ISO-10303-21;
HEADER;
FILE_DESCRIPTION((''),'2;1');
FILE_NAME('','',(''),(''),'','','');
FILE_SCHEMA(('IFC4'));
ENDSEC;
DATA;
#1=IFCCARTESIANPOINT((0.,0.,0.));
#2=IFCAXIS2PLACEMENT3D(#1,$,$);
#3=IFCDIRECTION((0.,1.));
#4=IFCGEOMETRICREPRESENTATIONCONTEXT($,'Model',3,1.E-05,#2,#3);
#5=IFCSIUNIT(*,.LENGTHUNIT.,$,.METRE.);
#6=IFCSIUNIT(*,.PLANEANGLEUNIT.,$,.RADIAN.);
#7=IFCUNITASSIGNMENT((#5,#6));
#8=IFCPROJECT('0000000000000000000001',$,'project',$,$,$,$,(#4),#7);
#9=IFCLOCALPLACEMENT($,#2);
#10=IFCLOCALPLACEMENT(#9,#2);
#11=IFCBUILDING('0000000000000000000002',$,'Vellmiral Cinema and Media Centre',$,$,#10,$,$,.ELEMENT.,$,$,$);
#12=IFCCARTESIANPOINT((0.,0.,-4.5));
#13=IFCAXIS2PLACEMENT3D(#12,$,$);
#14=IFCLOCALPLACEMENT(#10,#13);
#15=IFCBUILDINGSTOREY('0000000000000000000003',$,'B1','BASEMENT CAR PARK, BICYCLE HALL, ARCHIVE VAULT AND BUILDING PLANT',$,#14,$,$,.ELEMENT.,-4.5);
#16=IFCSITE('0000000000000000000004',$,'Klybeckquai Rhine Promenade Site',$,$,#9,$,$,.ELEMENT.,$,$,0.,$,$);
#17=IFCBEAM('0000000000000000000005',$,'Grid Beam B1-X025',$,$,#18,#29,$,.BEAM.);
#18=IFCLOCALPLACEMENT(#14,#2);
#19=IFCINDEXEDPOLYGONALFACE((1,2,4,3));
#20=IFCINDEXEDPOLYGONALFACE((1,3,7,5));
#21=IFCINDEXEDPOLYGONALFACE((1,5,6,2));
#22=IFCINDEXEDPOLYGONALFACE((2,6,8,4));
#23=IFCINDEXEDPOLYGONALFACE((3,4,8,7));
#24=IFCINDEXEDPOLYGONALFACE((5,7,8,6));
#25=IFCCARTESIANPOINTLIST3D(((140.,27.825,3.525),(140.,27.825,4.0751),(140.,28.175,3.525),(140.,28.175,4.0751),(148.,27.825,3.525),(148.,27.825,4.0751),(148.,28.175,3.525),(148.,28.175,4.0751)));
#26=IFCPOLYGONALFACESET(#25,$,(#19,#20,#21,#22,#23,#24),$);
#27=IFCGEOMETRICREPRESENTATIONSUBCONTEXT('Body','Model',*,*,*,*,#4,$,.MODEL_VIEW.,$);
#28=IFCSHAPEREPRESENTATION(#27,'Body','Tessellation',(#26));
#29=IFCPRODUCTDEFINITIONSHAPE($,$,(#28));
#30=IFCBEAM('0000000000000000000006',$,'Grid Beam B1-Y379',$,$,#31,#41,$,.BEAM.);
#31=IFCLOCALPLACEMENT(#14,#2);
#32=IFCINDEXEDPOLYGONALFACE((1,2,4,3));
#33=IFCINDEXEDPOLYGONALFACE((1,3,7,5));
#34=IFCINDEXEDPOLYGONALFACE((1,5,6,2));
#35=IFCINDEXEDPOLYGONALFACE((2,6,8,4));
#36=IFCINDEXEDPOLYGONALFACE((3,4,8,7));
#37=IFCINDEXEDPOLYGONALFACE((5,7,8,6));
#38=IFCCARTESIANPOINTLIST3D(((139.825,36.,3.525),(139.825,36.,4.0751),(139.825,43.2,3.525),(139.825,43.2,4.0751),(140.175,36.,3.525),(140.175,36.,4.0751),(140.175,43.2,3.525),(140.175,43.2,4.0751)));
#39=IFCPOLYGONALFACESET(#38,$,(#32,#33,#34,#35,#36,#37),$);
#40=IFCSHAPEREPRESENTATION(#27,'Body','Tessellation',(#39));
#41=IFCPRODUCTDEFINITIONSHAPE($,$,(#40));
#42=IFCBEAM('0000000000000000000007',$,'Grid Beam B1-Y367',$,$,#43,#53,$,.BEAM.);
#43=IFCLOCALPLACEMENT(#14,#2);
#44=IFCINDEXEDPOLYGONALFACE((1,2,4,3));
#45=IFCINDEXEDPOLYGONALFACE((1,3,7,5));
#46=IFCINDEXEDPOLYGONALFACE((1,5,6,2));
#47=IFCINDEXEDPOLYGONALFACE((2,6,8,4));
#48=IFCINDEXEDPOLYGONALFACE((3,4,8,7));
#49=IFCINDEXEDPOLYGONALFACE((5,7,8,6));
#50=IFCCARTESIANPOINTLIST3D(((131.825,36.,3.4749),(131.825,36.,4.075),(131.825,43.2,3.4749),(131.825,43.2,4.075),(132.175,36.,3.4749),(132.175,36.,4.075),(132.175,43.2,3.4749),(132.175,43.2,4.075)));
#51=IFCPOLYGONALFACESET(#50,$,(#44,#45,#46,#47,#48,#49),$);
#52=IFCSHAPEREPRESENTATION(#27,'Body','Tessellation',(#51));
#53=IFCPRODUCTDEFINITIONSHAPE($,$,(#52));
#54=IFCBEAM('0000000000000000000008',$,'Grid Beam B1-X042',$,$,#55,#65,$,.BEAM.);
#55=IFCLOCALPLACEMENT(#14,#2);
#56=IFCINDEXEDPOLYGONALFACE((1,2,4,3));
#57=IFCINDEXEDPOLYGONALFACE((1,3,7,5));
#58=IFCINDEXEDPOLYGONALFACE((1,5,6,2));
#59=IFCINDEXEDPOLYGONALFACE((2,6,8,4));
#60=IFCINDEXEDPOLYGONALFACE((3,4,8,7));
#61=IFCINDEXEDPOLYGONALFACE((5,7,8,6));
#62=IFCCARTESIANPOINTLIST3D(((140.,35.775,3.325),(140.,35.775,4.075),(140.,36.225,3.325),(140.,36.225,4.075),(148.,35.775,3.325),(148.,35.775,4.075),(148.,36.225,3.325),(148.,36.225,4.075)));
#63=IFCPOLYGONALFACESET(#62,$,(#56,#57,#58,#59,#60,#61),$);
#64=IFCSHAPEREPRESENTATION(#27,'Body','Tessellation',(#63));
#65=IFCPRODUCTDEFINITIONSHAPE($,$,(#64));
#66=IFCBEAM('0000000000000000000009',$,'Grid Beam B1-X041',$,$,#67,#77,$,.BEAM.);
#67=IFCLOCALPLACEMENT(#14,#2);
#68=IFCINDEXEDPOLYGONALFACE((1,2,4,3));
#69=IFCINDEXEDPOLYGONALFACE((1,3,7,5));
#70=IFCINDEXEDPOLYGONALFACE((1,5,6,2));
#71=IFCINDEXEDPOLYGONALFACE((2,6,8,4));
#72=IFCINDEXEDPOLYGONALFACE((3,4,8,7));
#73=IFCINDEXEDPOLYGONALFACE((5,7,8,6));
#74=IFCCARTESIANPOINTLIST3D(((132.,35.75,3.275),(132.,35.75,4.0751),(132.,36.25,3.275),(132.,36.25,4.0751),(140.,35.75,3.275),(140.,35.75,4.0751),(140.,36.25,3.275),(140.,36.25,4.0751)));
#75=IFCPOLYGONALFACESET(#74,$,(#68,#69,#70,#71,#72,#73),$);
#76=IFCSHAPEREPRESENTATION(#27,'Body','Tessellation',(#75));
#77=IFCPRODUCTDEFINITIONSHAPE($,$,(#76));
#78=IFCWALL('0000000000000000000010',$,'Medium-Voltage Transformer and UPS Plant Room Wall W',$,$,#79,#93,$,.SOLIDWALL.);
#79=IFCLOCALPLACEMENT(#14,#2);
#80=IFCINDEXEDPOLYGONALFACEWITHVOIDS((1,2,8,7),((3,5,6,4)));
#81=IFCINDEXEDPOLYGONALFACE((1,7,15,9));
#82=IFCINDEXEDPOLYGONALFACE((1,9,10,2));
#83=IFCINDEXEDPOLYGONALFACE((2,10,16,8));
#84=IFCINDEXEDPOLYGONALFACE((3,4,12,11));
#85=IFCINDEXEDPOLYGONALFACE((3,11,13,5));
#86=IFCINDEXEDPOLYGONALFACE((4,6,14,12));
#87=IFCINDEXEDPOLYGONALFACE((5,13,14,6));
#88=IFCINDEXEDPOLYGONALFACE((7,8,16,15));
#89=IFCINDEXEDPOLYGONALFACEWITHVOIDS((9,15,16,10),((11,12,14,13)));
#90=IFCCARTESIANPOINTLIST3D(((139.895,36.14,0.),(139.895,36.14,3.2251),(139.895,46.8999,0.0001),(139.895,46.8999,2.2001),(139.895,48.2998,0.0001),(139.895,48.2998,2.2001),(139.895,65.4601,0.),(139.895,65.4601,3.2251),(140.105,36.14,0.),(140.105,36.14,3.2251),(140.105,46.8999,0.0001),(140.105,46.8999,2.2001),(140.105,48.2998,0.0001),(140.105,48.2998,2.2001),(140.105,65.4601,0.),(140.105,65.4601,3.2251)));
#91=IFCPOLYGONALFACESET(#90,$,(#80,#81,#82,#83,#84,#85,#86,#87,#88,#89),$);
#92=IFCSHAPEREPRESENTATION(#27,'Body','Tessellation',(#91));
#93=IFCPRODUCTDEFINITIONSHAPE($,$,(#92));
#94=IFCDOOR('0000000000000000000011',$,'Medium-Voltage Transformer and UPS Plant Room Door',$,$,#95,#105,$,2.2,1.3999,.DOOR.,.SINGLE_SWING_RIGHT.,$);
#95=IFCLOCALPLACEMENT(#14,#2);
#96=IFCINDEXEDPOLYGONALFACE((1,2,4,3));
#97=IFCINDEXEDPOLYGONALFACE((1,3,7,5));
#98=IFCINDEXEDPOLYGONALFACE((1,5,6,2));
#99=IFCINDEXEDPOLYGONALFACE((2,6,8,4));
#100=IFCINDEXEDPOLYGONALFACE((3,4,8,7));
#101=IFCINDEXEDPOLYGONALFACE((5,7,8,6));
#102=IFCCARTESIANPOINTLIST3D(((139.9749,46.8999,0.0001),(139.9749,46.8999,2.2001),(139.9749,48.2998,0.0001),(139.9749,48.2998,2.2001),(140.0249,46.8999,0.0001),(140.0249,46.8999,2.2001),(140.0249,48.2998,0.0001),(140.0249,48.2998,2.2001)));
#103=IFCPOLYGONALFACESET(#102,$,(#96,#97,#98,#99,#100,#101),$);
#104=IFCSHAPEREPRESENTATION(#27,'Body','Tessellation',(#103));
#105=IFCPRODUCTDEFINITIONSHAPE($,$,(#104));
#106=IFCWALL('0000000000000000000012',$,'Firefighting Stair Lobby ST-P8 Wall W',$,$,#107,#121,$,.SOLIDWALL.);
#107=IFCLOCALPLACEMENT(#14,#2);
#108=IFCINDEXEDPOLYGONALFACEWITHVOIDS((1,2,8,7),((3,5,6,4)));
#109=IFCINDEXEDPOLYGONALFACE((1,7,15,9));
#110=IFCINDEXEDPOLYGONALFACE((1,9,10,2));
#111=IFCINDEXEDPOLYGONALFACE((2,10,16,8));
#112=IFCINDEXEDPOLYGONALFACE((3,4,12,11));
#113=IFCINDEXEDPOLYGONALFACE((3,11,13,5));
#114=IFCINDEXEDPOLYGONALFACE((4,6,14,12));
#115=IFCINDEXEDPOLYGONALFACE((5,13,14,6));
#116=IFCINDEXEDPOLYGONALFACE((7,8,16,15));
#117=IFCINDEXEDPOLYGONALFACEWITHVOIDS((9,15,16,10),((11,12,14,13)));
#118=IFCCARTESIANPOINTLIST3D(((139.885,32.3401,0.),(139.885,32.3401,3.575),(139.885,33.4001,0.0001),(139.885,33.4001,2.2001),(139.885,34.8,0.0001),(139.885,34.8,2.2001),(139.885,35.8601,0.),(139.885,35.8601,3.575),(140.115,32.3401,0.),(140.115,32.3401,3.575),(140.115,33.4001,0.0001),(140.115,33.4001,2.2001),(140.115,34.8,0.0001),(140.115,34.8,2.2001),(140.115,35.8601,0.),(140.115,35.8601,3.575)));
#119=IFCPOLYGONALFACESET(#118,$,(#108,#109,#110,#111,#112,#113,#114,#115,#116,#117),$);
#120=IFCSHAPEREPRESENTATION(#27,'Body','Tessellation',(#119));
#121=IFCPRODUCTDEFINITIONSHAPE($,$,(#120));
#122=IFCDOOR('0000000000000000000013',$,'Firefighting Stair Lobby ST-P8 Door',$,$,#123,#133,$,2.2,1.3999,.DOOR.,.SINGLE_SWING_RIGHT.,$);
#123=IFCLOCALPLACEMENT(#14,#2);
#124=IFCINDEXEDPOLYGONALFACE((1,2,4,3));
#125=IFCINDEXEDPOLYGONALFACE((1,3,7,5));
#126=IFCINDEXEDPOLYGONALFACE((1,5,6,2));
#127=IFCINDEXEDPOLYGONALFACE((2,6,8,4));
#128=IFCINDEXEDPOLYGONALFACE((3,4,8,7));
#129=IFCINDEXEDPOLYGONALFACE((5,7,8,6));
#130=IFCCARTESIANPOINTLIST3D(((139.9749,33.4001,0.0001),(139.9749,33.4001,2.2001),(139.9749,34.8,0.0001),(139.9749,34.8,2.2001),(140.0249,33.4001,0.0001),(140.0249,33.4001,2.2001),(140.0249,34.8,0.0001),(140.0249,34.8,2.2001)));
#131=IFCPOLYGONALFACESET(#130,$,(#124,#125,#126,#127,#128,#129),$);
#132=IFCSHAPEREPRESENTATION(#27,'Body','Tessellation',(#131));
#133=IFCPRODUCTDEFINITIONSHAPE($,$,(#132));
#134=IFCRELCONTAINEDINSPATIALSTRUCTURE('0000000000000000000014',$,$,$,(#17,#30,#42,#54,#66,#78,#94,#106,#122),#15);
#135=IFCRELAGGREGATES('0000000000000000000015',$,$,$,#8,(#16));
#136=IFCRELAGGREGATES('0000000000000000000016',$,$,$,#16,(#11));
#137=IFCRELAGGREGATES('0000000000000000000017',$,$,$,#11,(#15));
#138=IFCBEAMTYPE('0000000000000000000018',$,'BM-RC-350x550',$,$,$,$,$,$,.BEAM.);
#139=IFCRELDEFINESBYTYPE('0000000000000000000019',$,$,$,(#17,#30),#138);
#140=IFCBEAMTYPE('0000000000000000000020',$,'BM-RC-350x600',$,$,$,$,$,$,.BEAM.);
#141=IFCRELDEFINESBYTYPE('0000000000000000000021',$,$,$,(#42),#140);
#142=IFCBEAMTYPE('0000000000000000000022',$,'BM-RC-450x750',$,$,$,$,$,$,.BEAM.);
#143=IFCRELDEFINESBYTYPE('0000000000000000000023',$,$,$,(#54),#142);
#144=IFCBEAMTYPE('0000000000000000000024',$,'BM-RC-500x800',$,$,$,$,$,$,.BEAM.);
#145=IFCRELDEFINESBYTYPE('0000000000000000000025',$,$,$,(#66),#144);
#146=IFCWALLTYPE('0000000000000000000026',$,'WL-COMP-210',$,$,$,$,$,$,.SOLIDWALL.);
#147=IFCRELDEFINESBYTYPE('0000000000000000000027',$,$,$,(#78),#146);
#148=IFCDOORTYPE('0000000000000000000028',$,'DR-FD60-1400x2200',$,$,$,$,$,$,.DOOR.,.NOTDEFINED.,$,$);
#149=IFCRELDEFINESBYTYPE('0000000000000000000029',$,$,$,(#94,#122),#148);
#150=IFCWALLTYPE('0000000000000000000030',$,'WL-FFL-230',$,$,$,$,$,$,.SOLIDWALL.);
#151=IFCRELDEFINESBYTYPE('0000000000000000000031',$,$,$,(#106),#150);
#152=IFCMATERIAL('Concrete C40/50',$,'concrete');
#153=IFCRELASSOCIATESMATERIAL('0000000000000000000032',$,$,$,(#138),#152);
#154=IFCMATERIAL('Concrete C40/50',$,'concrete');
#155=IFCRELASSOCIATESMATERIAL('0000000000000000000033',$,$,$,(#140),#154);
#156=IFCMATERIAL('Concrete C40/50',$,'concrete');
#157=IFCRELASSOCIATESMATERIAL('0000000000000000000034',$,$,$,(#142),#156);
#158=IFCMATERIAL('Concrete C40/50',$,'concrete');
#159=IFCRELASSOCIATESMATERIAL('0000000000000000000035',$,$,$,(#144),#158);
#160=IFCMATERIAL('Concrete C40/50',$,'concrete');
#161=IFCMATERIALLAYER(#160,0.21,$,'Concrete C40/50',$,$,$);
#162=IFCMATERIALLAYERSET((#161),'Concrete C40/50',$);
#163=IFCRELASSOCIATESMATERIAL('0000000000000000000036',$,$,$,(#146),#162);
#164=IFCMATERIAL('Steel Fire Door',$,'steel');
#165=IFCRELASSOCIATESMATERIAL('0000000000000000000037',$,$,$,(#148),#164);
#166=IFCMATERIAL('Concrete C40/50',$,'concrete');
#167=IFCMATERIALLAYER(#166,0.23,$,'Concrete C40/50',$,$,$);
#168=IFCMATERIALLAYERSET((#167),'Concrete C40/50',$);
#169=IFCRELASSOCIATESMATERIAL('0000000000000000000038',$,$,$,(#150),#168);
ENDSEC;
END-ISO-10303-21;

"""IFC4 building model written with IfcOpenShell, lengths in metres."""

from ifc_helpers import new_model, si_unit, direction, frame, frame_2d, origin, origin_2d, place, context, subcontext, project, spatial, rectangle, extrude, material, layer, layer_set, material_profile, profile_set, type_object, element, fill, save


model = new_model("IFC4")

# Units and contexts
model_context = context("Model", 3, precision=1e-05, world=origin(), true_north=direction((0.0, 1.0)))
body_context = subcontext(model_context, "Body", "Model", "MODEL_VIEW")
ifc_project = project(units=[si_unit("LENGTHUNIT", "METRE"), si_unit("PLANEANGLEUNIT", "RADIAN")], contexts=[model_context])

# Site, building, storey
site_placement = place(None, origin())
site = spatial("IfcSite", under=ifc_project, at=site_placement, Name="Klybeckquai Rhine Promenade Site", CompositionType="ELEMENT", RefElevation=0.0)
building_placement = place(site_placement, origin())
building = spatial("IfcBuilding", under=site, at=building_placement, Name="Vellmiral Cinema and Media Centre", CompositionType="ELEMENT")
storey_placement = place(building_placement, frame((0.0, 0.0, -4.5)))
storey = spatial("IfcBuildingStorey", under=building, at=storey_placement, Name="B1", Description="BASEMENT CAR PARK, BICYCLE HALL, ARCHIVE VAULT AND BUILDING PLANT", CompositionType="ELEMENT", Elevation=-4.5)

# Beams
ifc_material_1 = material(Name="Concrete C40/50", Category="concrete")
ifc_material_profile_1 = material_profile(ifc_material_1, rectangle(XDim=0.3501, YDim=0.55, at=origin_2d()), Name="RC 350x550")
ifc_profile_set_1 = profile_set([ifc_material_profile_1], Name="Concrete C40/50")
beam_type_1 = type_object("IfcBeamType", Name="BM-RC-350x550", PredefinedType="BEAM", material=ifc_profile_set_1)
beam_1_placement = place(storey_placement, frame((140.0, 28.0, 3.8), z_axis=(1.0, 0.0, 0.0), x_axis=(0.0, 1.0, 0.0)))
element("IfcBeam", 1, at=beam_1_placement, inside=storey, type_object=beam_type_1, Name="Grid Beam B1-X025", PredefinedType="BEAM", context=body_context, shape_type="SweptSolid", body=[
    extrude(rectangle(XDim=0.3501, YDim=0.55, at=origin_2d()), origin(), (0.0, 0.0, 1.0), 8.0),
])
beam_2_placement = place(storey_placement, frame((140.0, 36.0, 3.8), z_axis=(0.0, 1.0, 0.0), x_axis=(-1.0, 0.0, 0.0)))
element("IfcBeam", 2, at=beam_2_placement, inside=storey, type_object=beam_type_1, Name="Grid Beam B1-Y379", PredefinedType="BEAM", context=body_context, shape_type="SweptSolid", body=[
    extrude(rectangle(XDim=0.3501, YDim=0.55, at=origin_2d()), origin(), (0.0, 0.0, 1.0), 7.2),
])
ifc_material_2 = material(Name="Concrete C40/50", Category="concrete")
ifc_material_profile_2 = material_profile(ifc_material_2, rectangle(XDim=0.3501, YDim=0.6001, at=origin_2d()), Name="RC 350x600")
ifc_profile_set_2 = profile_set([ifc_material_profile_2], Name="Concrete C40/50")
beam_type_2 = type_object("IfcBeamType", Name="BM-RC-350x600", PredefinedType="BEAM", material=ifc_profile_set_2)
beam_3_placement = place(storey_placement, frame((132.0, 36.0, 3.7749), z_axis=(0.0, 1.0, 0.0), x_axis=(-1.0, 0.0, 0.0)))
element("IfcBeam", 3, at=beam_3_placement, inside=storey, type_object=beam_type_2, Name="Grid Beam B1-Y367", PredefinedType="BEAM", context=body_context, shape_type="SweptSolid", body=[
    extrude(rectangle(XDim=0.3501, YDim=0.6001, at=origin_2d()), origin(), (0.0, 0.0, 1.0), 7.2),
])
ifc_material_3 = material(Name="Concrete C40/50", Category="concrete")
ifc_material_profile_3 = material_profile(ifc_material_3, rectangle(XDim=0.45, YDim=0.75, at=origin_2d()), Name="RC 450x750")
ifc_profile_set_3 = profile_set([ifc_material_profile_3], Name="Concrete C40/50")
beam_type_3 = type_object("IfcBeamType", Name="BM-RC-450x750", PredefinedType="BEAM", material=ifc_profile_set_3)
beam_4_placement = place(storey_placement, frame((140.0, 36.0, 3.7), z_axis=(1.0, 0.0, 0.0), x_axis=(0.0, 1.0, 0.0)))
element("IfcBeam", 4, at=beam_4_placement, inside=storey, type_object=beam_type_3, Name="Grid Beam B1-X042", PredefinedType="BEAM", context=body_context, shape_type="SweptSolid", body=[
    extrude(rectangle(XDim=0.45, YDim=0.75, at=origin_2d()), origin(), (0.0, 0.0, 1.0), 8.0),
])
ifc_material_4 = material(Name="Concrete C40/50", Category="concrete")
ifc_material_profile_4 = material_profile(ifc_material_4, rectangle(XDim=0.5, YDim=0.8, at=origin_2d()), Name="RC 500x800")
ifc_profile_set_4 = profile_set([ifc_material_profile_4], Name="Concrete C40/50")
beam_type_4 = type_object("IfcBeamType", Name="BM-RC-500x800", PredefinedType="BEAM", material=ifc_profile_set_4)
beam_5_placement = place(storey_placement, frame((132.0, 36.0, 3.675), z_axis=(1.0, 0.0, 0.0), x_axis=(0.0, 1.0, 0.0)))
element("IfcBeam", 5, at=beam_5_placement, inside=storey, type_object=beam_type_4, Name="Grid Beam B1-X041", PredefinedType="BEAM", context=body_context, shape_type="SweptSolid", body=[
    extrude(rectangle(XDim=0.5, YDim=0.8, at=origin_2d()), origin(), (0.0, 0.0, 1.0), 8.0),
])

# Walls, openings, doors
ifc_material_5 = material(Name="Concrete C40/50", Category="concrete")
ifc_layer_1 = layer(ifc_material_5, 0.21, Name="Concrete C40/50")
ifc_layer_set_1 = layer_set([ifc_layer_1], Name="Concrete C40/50")
wall_type_1 = type_object("IfcWallType", Name="WL-COMP-210", PredefinedType="SOLIDWALL", material=ifc_layer_set_1)
wall_1_placement = place(storey_placement, frame((140.0, 36.1399, 0.0), z_axis=(0.0, 0.0, 1.0), x_axis=(0.0, 1.0, 0.0)))
wall_1 = element("IfcWall", 6, at=wall_1_placement, inside=storey, type_object=wall_type_1, Name="Medium-Voltage Transformer and UPS Plant Room Wall W", PredefinedType="SOLIDWALL", context=body_context, shape_type="SweptSolid", body=[
    extrude(rectangle(XDim=29.3201, YDim=0.21, at=frame_2d((14.6602, 0.0))), origin(), (0.0, 0.0, 1.0), 3.2251),
])
opening_1_placement = place(wall_1_placement, frame((10.76, 0.0, 0.0)))
opening_1 = element("IfcOpeningElement", 7, at=opening_1_placement, cuts=wall_1, PredefinedType="OPENING", context=body_context, shape_type="SweptSolid", body=[
    extrude(rectangle(XDim=1.3999, YDim=2.2, at=frame_2d((0.7, 1.1001))), frame((0.0, 0.1169, 0.0), z_axis=(0.0, -1.0, 0.0), x_axis=(1.0, 0.0, 0.0)), (0.0, 0.0, 1.0), 0.2339),
])
ifc_material_6 = material(Name="Steel Fire Door", Category="steel")
door_type = type_object("IfcDoorType", Name="DR-FD60-1400x2200", OperationType="NOTDEFINED", PredefinedType="DOOR", material=ifc_material_6)
door_1_placement = place(opening_1_placement, frame((1.3999, 0.0, 0.0), z_axis=(0.0, 0.0, 1.0), x_axis=(-1.0, 0.0, 0.0)))
door_1 = element("IfcDoor", 8, at=door_1_placement, inside=storey, type_object=door_type, Name="Medium-Voltage Transformer and UPS Plant Room Door", OperationType="SINGLE_SWING_RIGHT", OverallHeight=2.2, OverallWidth=1.3999, PredefinedType="DOOR", context=body_context, shape_type="SweptSolid", body=[
    extrude(rectangle(XDim=1.3999, YDim=2.2, at=frame_2d((0.7, 1.1001))), frame((0.0, 0.0249, 0.0), z_axis=(0.0, -1.0, 0.0), x_axis=(1.0, 0.0, 0.0)), (0.0, 0.0, 1.0), 0.05),
])
fill(opening_1, door_1)
ifc_material_7 = material(Name="Concrete C40/50", Category="concrete")
ifc_layer_2 = layer(ifc_material_7, 0.23, Name="Concrete C40/50")
ifc_layer_set_2 = layer_set([ifc_layer_2], Name="Concrete C40/50")
wall_type_2 = type_object("IfcWallType", Name="WL-FFL-230", PredefinedType="SOLIDWALL", material=ifc_layer_set_2)
wall_2_placement = place(storey_placement, frame((140.0, 32.3401, 0.0), z_axis=(0.0, 0.0, 1.0), x_axis=(0.0, 1.0, 0.0)))
wall_2 = element("IfcWall", 9, at=wall_2_placement, inside=storey, type_object=wall_type_2, Name="Firefighting Stair Lobby ST-P8 Wall W", PredefinedType="SOLIDWALL", context=body_context, shape_type="SweptSolid", body=[
    extrude(rectangle(XDim=3.52, YDim=0.23, at=frame_2d((1.76, 0.0))), origin(), (0.0, 0.0, 1.0), 3.575),
])
opening_2_placement = place(wall_2_placement, frame((1.0601, 0.0, 0.0)))
opening_2 = element("IfcOpeningElement", 10, at=opening_2_placement, cuts=wall_2, PredefinedType="OPENING", context=body_context, shape_type="SweptSolid", body=[
    extrude(rectangle(XDim=1.3999, YDim=2.2, at=frame_2d((0.7, 1.1001))), frame((0.0, 0.127, 0.0), z_axis=(0.0, -1.0, 0.0), x_axis=(1.0, 0.0, 0.0)), (0.0, 0.0, 1.0), 0.2539),
])
door_2_placement = place(opening_2_placement, frame((1.3999, 0.0, 0.0), z_axis=(0.0, 0.0, 1.0), x_axis=(-1.0, 0.0, 0.0)))
door_2 = element("IfcDoor", 11, at=door_2_placement, inside=storey, type_object=door_type, Name="Firefighting Stair Lobby ST-P8 Door", OperationType="SINGLE_SWING_RIGHT", OverallHeight=2.2, OverallWidth=1.3999, PredefinedType="DOOR", context=body_context, shape_type="SweptSolid", body=[
    extrude(rectangle(XDim=1.3999, YDim=2.2, at=frame_2d((0.7, 1.1001))), frame((0.0, 0.0249, 0.0), z_axis=(0.0, -1.0, 0.0), x_axis=(1.0, 0.0, 0.0)), (0.0, 0.0, 1.0), 0.05),
])
fill(opening_2, door_2)

save(model, "model.ifc")
